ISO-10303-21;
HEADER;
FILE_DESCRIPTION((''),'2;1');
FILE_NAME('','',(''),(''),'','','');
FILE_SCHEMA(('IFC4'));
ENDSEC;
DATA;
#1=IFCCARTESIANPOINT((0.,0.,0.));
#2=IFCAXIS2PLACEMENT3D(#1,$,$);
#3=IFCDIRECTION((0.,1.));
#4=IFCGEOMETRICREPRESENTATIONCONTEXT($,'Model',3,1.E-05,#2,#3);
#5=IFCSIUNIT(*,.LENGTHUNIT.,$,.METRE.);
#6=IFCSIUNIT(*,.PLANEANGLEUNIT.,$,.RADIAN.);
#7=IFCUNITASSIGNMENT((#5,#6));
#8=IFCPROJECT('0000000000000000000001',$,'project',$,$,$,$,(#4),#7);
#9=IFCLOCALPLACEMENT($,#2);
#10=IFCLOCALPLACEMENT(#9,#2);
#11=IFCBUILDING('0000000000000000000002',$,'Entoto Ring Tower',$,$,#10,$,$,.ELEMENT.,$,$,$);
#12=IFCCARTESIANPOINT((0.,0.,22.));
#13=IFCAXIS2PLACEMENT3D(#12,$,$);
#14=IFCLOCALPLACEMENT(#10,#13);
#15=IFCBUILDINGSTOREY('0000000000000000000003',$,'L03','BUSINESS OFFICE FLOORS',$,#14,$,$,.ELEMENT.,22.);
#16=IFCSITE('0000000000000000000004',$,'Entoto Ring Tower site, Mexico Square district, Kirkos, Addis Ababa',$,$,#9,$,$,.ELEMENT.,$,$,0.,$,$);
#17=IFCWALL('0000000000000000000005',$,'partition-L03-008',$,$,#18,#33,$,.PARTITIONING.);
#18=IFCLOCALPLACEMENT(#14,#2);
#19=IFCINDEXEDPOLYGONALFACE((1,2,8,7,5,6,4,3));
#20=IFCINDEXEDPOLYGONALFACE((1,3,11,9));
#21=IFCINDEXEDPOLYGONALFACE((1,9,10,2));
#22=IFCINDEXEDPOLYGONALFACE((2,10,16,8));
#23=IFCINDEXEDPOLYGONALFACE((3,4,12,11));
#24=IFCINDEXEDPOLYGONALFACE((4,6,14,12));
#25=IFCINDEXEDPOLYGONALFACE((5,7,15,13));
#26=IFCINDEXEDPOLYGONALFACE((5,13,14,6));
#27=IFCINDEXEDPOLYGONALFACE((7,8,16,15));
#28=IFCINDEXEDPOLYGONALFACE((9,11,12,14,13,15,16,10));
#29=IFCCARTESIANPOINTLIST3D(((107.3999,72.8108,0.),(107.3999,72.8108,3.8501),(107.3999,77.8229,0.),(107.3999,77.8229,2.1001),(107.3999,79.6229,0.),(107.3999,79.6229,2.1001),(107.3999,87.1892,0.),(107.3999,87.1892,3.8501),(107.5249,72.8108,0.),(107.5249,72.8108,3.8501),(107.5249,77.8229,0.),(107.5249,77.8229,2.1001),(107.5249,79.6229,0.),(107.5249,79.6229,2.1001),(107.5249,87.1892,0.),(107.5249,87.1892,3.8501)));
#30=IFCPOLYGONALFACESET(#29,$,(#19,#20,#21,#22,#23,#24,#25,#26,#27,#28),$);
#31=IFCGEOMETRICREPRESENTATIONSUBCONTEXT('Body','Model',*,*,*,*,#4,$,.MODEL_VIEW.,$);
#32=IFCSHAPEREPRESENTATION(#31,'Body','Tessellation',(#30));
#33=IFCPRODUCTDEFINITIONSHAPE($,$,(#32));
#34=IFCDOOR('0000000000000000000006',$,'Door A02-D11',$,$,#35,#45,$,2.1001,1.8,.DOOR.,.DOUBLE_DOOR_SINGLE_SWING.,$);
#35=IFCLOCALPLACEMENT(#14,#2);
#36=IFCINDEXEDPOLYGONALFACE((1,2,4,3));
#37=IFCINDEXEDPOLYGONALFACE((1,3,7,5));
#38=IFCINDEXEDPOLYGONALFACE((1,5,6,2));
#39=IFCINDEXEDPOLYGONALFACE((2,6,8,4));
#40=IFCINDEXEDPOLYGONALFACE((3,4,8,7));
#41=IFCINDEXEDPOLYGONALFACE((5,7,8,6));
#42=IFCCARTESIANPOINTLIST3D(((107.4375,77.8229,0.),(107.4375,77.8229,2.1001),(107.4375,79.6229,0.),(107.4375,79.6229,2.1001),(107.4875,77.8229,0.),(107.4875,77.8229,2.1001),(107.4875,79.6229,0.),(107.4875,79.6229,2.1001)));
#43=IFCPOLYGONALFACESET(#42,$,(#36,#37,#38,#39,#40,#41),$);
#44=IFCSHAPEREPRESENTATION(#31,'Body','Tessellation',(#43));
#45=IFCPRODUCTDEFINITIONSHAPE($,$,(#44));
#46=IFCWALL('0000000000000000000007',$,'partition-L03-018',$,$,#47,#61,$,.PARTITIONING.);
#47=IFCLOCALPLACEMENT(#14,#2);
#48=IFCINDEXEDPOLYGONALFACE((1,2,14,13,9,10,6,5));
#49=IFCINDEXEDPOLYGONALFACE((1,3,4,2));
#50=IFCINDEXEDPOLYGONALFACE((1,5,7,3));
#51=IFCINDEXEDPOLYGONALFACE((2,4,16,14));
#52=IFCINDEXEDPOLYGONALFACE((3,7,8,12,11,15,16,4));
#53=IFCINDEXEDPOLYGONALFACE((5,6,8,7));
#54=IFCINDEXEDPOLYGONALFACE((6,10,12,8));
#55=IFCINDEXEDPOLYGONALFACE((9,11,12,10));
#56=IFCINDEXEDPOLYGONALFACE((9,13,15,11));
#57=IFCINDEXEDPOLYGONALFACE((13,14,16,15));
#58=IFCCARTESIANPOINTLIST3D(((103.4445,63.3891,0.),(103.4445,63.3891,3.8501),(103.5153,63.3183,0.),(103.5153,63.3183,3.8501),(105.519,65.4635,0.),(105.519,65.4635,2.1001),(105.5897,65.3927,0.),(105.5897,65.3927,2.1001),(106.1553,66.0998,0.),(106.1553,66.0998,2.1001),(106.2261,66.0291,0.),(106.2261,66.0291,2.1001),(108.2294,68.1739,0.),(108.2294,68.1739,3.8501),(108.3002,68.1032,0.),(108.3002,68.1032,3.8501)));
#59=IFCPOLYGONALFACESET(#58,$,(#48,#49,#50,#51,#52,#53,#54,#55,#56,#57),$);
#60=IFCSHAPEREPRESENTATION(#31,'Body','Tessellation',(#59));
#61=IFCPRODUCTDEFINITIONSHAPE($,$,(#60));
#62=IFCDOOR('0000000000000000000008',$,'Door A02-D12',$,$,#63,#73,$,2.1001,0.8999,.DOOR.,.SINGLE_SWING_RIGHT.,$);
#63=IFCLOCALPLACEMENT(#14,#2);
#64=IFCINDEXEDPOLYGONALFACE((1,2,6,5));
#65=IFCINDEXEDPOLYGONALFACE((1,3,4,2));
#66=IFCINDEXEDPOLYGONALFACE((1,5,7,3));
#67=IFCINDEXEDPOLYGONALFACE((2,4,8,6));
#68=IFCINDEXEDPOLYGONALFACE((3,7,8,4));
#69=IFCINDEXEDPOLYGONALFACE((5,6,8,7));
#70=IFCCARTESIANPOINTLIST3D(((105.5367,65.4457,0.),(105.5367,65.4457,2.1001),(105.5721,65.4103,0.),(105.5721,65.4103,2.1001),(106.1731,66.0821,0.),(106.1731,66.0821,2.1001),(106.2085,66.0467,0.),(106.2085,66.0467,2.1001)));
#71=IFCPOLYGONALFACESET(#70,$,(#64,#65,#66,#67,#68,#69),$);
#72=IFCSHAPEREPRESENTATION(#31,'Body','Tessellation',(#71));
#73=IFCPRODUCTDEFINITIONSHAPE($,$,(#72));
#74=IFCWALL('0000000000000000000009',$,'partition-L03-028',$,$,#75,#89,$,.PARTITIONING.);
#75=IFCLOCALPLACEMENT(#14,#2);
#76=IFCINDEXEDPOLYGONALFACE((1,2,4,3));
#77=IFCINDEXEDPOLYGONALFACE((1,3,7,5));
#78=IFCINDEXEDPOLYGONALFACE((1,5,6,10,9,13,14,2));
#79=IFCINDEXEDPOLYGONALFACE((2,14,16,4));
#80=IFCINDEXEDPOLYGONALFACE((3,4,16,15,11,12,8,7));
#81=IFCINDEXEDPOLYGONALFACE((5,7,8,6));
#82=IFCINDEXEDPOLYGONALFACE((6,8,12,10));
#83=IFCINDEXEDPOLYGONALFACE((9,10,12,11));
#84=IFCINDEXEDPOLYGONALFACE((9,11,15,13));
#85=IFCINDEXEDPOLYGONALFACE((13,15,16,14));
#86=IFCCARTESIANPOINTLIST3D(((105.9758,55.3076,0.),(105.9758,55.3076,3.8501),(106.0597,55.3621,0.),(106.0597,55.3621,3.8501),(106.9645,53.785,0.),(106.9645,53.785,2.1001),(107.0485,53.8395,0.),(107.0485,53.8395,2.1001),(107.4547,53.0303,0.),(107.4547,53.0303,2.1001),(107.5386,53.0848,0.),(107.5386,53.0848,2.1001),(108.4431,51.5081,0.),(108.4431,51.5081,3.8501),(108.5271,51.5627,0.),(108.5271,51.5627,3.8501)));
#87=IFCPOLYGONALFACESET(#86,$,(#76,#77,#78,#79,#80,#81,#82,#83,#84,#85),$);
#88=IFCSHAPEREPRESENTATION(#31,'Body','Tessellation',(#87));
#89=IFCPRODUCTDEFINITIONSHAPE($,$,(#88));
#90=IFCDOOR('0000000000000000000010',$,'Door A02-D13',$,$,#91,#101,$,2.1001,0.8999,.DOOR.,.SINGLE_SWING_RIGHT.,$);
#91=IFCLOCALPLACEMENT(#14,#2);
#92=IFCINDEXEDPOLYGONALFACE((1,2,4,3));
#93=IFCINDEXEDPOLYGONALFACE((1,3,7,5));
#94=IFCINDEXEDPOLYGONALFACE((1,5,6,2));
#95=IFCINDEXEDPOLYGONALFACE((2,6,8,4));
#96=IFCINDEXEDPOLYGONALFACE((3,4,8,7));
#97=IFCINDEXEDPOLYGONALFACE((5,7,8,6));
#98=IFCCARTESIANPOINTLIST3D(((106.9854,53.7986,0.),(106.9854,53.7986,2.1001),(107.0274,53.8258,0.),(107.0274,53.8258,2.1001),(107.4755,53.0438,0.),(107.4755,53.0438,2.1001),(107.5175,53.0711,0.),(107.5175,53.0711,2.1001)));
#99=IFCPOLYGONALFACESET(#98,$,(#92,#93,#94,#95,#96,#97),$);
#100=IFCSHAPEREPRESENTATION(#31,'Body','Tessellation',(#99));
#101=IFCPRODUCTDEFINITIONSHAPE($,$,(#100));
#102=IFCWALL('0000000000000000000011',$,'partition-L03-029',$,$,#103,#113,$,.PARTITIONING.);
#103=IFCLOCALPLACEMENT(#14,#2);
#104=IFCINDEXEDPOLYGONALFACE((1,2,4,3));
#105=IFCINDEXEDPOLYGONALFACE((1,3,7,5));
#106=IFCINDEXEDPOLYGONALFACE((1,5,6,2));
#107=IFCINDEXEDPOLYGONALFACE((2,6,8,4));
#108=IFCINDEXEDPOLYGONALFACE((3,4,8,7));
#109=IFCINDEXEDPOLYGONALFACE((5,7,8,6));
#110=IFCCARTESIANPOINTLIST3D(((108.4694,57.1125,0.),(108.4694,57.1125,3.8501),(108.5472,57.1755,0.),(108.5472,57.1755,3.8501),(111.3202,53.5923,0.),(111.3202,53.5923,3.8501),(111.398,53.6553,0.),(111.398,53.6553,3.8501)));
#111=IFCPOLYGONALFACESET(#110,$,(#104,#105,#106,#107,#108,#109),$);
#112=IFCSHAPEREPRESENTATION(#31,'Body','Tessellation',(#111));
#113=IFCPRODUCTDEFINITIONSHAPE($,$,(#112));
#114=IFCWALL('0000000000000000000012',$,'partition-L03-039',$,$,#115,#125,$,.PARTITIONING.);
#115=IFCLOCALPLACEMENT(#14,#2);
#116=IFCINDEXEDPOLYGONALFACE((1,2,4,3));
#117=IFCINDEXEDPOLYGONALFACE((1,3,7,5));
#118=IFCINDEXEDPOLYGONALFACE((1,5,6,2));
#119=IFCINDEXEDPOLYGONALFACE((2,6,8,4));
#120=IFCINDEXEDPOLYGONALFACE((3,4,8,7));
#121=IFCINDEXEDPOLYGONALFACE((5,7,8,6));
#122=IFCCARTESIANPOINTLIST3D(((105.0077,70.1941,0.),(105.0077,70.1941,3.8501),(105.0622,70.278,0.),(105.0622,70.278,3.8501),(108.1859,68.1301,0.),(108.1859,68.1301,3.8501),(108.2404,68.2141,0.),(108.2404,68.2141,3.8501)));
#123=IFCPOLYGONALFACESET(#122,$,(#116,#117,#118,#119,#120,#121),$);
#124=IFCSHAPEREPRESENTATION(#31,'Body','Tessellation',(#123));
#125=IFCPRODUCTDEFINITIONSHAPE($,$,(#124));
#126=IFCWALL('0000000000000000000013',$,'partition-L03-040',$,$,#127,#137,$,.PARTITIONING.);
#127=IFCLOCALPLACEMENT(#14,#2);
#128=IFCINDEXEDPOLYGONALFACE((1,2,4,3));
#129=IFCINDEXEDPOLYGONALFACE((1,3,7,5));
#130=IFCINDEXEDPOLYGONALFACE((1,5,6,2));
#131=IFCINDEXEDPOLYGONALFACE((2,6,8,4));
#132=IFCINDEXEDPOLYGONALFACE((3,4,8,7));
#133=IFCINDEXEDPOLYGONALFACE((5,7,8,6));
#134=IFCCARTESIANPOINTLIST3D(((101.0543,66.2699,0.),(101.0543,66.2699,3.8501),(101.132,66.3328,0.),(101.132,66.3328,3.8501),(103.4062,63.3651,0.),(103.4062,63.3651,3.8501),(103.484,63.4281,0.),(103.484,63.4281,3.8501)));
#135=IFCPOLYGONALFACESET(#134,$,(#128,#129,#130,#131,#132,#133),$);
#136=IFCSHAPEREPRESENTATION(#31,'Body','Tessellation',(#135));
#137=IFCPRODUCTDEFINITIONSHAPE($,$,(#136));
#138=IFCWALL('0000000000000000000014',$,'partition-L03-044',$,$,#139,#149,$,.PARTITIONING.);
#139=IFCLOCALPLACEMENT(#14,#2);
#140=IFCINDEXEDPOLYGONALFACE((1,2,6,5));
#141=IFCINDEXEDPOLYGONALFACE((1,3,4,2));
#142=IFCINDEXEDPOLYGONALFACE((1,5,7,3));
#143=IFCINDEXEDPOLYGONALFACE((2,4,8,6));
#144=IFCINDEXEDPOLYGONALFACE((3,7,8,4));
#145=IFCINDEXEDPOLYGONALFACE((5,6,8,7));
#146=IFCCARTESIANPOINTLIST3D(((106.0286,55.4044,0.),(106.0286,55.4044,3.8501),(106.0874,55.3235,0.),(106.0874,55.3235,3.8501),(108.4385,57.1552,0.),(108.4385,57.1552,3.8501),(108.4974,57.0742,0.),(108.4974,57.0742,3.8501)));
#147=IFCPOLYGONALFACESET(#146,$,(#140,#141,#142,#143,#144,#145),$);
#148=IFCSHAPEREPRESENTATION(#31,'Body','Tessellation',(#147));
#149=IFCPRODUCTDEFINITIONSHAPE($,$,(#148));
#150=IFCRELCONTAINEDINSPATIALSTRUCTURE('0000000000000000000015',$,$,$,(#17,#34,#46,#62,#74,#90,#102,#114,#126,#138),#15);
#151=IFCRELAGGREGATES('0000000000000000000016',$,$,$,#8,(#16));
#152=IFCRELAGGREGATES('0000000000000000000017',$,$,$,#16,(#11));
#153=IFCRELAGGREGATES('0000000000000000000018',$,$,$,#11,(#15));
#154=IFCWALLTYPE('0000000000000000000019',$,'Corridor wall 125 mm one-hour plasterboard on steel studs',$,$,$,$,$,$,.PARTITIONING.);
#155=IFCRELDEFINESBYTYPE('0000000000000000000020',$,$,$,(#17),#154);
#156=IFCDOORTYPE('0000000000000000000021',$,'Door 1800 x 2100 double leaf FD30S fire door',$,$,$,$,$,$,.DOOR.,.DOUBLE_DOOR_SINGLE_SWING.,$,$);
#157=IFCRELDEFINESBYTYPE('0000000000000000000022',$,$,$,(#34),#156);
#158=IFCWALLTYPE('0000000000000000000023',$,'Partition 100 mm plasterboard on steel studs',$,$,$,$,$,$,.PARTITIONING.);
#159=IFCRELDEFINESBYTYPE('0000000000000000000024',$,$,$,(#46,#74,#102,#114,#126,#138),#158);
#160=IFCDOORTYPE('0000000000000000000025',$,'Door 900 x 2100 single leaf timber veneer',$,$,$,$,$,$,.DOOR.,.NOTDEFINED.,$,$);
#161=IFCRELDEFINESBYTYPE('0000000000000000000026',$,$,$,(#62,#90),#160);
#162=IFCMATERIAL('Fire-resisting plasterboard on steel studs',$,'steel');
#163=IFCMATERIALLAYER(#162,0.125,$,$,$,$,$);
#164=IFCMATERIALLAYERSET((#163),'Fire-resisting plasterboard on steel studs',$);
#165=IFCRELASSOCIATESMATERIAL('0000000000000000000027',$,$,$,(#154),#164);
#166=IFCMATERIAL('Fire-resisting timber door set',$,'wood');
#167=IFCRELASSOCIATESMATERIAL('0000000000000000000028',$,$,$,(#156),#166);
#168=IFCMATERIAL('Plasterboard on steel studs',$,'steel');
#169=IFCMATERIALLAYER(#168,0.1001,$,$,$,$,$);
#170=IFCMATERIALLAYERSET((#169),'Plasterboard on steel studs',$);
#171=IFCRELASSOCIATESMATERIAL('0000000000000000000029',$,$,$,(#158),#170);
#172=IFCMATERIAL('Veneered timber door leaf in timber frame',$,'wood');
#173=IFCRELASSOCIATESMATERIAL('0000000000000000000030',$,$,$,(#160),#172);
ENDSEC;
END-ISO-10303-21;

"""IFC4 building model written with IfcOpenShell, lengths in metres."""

from ifc_helpers import new_model, si_unit, direction, frame, frame_2d, origin, place, context, subcontext, project, spatial, rectangle, extrude, material, layer, layer_set, type_object, element, fill, save


model = new_model("IFC4")

# Units and contexts
model_context = context("Model", 3, precision=1e-05, world=origin(), true_north=direction((0.0, 1.0)))
body_context = subcontext(model_context, "Body", "Model", "MODEL_VIEW")
ifc_project = project(units=[si_unit("LENGTHUNIT", "METRE"), si_unit("PLANEANGLEUNIT", "RADIAN")], contexts=[model_context])

# Site, building, storey
site_placement = place(None, origin())
site = spatial("IfcSite", under=ifc_project, at=site_placement, Name="Entoto Ring Tower site, Mexico Square district, Kirkos, Addis Ababa", CompositionType="ELEMENT", RefElevation=0.0)
building_placement = place(site_placement, origin())
building = spatial("IfcBuilding", under=site, at=building_placement, Name="Entoto Ring Tower", CompositionType="ELEMENT")
storey_placement = place(building_placement, frame((0.0, 0.0, 22.0)))
storey = spatial("IfcBuildingStorey", under=building, at=storey_placement, Name="L03", Description="BUSINESS OFFICE FLOORS", CompositionType="ELEMENT", Elevation=22.0)

# Walls, openings, doors
ifc_material_1 = material(Name="Fire-resisting plasterboard on steel studs", Category="steel")
ifc_layer_1 = layer(ifc_material_1, 0.125)
ifc_layer_set_1 = layer_set([ifc_layer_1], Name="Fire-resisting plasterboard on steel studs")
wall_type_1 = type_object("IfcWallType", Name="Corridor wall 125 mm one-hour plasterboard on steel studs", PredefinedType="PARTITIONING", material=ifc_layer_set_1)
wall_1_placement = place(storey_placement, frame((107.4624, 72.8108, 0.0), z_axis=(0.0, 0.0, 1.0), x_axis=(0.0, 1.0, 0.0)))
wall_1 = element("IfcWall", 1, at=wall_1_placement, inside=storey, type_object=wall_type_1, Name="partition-L03-008", PredefinedType="PARTITIONING", context=body_context, shape_type="SweptSolid", body=[
    extrude(rectangle(XDim=14.3784, YDim=0.125, at=frame_2d((7.1892, 0.0))), origin(), (0.0, 0.0, 1.0), 3.8501),
])
opening_1_placement = place(wall_1_placement, frame((5.0122, 0.0, 0.0)))
opening_1 = element("IfcOpeningElement", 2, at=opening_1_placement, cuts=wall_1, PredefinedType="OPENING", context=body_context, shape_type="SweptSolid", body=[
    extrude(rectangle(XDim=1.8, YDim=2.1001, at=frame_2d((0.8999, 1.05))), frame((0.0, 0.0725, 0.0), z_axis=(0.0, -1.0, 0.0), x_axis=(1.0, 0.0, 0.0)), (0.0, 0.0, 1.0), 0.145),
])
ifc_material_2 = material(Name="Fire-resisting timber door set", Category="wood")
door_type_1 = type_object("IfcDoorType", Name="Door 1800 x 2100 double leaf FD30S fire door", OperationType="DOUBLE_DOOR_SINGLE_SWING", PredefinedType="DOOR", material=ifc_material_2)
door_1_placement = place(opening_1_placement, origin())
door_1 = element("IfcDoor", 3, at=door_1_placement, inside=storey, type_object=door_type_1, Name="Door A02-D11", OperationType="DOUBLE_DOOR_SINGLE_SWING", OverallHeight=2.1001, OverallWidth=1.8, PredefinedType="DOOR", context=body_context, shape_type="SweptSolid", body=[
    extrude(rectangle(XDim=1.8, YDim=2.1001, at=frame_2d((0.8999, 1.05))), frame((0.0, 0.0249, 0.0), z_axis=(0.0, -1.0, 0.0), x_axis=(1.0, 0.0, 0.0)), (0.0, 0.0, 1.0), 0.05),
])
fill(opening_1, door_1)
ifc_material_3 = material(Name="Plasterboard on steel studs", Category="steel")
ifc_layer_2 = layer(ifc_material_3, 0.1001)
ifc_layer_set_2 = layer_set([ifc_layer_2], Name="Plasterboard on steel studs")
wall_type_2 = type_object("IfcWallType", Name="Partition 100 mm plasterboard on steel studs", PredefinedType="PARTITIONING", material=ifc_layer_set_2)
wall_2_placement = place(storey_placement, frame((103.48, 63.3538, 0.0), z_axis=(0.0, 0.0, 1.0), x_axis=(0.707107, 0.707107, 0.0)))
wall_2 = element("IfcWall", 4, at=wall_2_placement, inside=storey, type_object=wall_type_2, Name="partition-L03-018", PredefinedType="PARTITIONING", context=body_context, shape_type="SweptSolid", body=[
    extrude(rectangle(XDim=6.7668, YDim=0.1001, at=frame_2d((3.3833, 0.0))), origin(), (0.0, 0.0, 1.0), 3.8501),
])
opening_2_placement = place(wall_2_placement, frame((2.9336, 0.0, 0.0)))
opening_2 = element("IfcOpeningElement", 5, at=opening_2_placement, cuts=wall_2, PredefinedType="OPENING", context=body_context, shape_type="SweptSolid", body=[
    extrude(rectangle(XDim=0.8999, YDim=2.1001, at=frame_2d((0.45, 1.05))), frame((0.0, 0.0601, 0.0), z_axis=(0.0, -1.0, 0.0), x_axis=(1.0, 0.0, 0.0)), (0.0, 0.0, 1.0), 0.1201),
])
ifc_material_4 = material(Name="Veneered timber door leaf in timber frame", Category="wood")
door_type_2 = type_object("IfcDoorType", Name="Door 900 x 2100 single leaf timber veneer", OperationType="NOTDEFINED", PredefinedType="DOOR", material=ifc_material_4)
door_2_placement = place(opening_2_placement, origin())
door_2 = element("IfcDoor", 6, at=door_2_placement, inside=storey, type_object=door_type_2, Name="Door A02-D12", OperationType="SINGLE_SWING_RIGHT", OverallHeight=2.1001, OverallWidth=0.8999, PredefinedType="DOOR", context=body_context, shape_type="SweptSolid", body=[
    extrude(rectangle(XDim=0.8999, YDim=2.1001, at=frame_2d((0.45, 1.05))), frame((0.0, 0.0249, 0.0), z_axis=(0.0, -1.0, 0.0), x_axis=(1.0, 0.0, 0.0)), (0.0, 0.0, 1.0), 0.05),
])
fill(opening_2, door_2)
wall_3_placement = place(storey_placement, frame((108.4851, 51.5354, 0.0), z_axis=(0.0, 0.0, 1.0), x_axis=(-0.544636, 0.838673, 0.0)))
wall_3 = element("IfcWall", 7, at=wall_3_placement, inside=storey, type_object=wall_type_2, Name="partition-L03-028", PredefinedType="PARTITIONING", context=body_context, shape_type="SweptSolid", body=[
    extrude(rectangle(XDim=4.5303, YDim=0.1001, at=frame_2d((2.2651, 0.0))), origin(), (0.0, 0.0, 1.0), 3.8501),
])
opening_3_placement = place(wall_3_placement, frame((1.8149, 0.0, 0.0)))
opening_3 = element("IfcOpeningElement", 8, at=opening_3_placement, cuts=wall_3, PredefinedType="OPENING", context=body_context, shape_type="SweptSolid", body=[
    extrude(rectangle(XDim=0.8999, YDim=2.1001, at=frame_2d((0.45, 1.05))), frame((0.0, 0.0601, 0.0), z_axis=(0.0, -1.0, 0.0), x_axis=(1.0, 0.0, 0.0)), (0.0, 0.0, 1.0), 0.1201),
])
door_3_placement = place(opening_3_placement, frame((0.8999, 0.0, 0.0), z_axis=(0.0, 0.0, 1.0), x_axis=(-1.0, 0.0, 0.0)))
door_3 = element("IfcDoor", 9, at=door_3_placement, inside=storey, type_object=door_type_2, Name="Door A02-D13", OperationType="SINGLE_SWING_RIGHT", OverallHeight=2.1001, OverallWidth=0.8999, PredefinedType="DOOR", context=body_context, shape_type="SweptSolid", body=[
    extrude(rectangle(XDim=0.8999, YDim=2.1001, at=frame_2d((0.45, 1.05))), frame((0.0, 0.0249, 0.0), z_axis=(0.0, -1.0, 0.0), x_axis=(1.0, 0.0, 0.0)), (0.0, 0.0, 1.0), 0.05),
])
fill(opening_3, door_3)

# Walls
wall_4_placement = place(storey_placement, frame((111.3591, 53.6238, 0.0), z_axis=(0.0, 0.0, 1.0), x_axis=(-0.629344, 0.777127, 0.0)))
element("IfcWall", 10, at=wall_4_placement, inside=storey, type_object=wall_type_2, Name="partition-L03-029", PredefinedType="PARTITIONING", context=body_context, shape_type="SweptSolid", body=[
    extrude(rectangle(XDim=4.5298, YDim=0.1001, at=frame_2d((2.2649, 0.0))), origin(), (0.0, 0.0, 1.0), 3.8501),
])
wall_5_placement = place(storey_placement, frame((108.2131, 68.1721, 0.0), z_axis=(0.0, 0.0, 1.0), x_axis=(-0.83867, 0.54464, 0.0)))
element("IfcWall", 11, at=wall_5_placement, inside=storey, type_object=wall_type_2, Name="partition-L03-039", PredefinedType="PARTITIONING", context=body_context, shape_type="SweptSolid", body=[
    extrude(rectangle(XDim=3.7896, YDim=0.1001, at=frame_2d((1.8948, 0.0))), origin(), (0.0, 0.0, 1.0), 3.8501),
])
wall_6_placement = place(storey_placement, frame((103.4451, 63.3967, 0.0), z_axis=(0.0, 0.0, 1.0), x_axis=(-0.629288, 0.777172, 0.0)))
element("IfcWall", 12, at=wall_6_placement, inside=storey, type_object=wall_type_2, Name="partition-L03-040", PredefinedType="PARTITIONING", context=body_context, shape_type="SweptSolid", body=[
    extrude(rectangle(XDim=3.7375, YDim=0.1001, at=frame_2d((1.8687, 0.0))), origin(), (0.0, 0.0, 1.0), 3.8501),
])
wall_7_placement = place(storey_placement, frame((106.0581, 55.364, 0.0), z_axis=(0.0, 0.0, 1.0), x_axis=(0.809044, 0.587748, 0.0)))
element("IfcWall", 13, at=wall_7_placement, inside=storey, type_object=wall_type_2, Name="partition-L03-044", PredefinedType="PARTITIONING", context=body_context, shape_type="SweptSolid", body=[
    extrude(rectangle(XDim=2.9788, YDim=0.1001, at=frame_2d((1.4893, 0.0))), origin(), (0.0, 0.0, 1.0), 3.8501),
])

save(model, "model.ifc")
